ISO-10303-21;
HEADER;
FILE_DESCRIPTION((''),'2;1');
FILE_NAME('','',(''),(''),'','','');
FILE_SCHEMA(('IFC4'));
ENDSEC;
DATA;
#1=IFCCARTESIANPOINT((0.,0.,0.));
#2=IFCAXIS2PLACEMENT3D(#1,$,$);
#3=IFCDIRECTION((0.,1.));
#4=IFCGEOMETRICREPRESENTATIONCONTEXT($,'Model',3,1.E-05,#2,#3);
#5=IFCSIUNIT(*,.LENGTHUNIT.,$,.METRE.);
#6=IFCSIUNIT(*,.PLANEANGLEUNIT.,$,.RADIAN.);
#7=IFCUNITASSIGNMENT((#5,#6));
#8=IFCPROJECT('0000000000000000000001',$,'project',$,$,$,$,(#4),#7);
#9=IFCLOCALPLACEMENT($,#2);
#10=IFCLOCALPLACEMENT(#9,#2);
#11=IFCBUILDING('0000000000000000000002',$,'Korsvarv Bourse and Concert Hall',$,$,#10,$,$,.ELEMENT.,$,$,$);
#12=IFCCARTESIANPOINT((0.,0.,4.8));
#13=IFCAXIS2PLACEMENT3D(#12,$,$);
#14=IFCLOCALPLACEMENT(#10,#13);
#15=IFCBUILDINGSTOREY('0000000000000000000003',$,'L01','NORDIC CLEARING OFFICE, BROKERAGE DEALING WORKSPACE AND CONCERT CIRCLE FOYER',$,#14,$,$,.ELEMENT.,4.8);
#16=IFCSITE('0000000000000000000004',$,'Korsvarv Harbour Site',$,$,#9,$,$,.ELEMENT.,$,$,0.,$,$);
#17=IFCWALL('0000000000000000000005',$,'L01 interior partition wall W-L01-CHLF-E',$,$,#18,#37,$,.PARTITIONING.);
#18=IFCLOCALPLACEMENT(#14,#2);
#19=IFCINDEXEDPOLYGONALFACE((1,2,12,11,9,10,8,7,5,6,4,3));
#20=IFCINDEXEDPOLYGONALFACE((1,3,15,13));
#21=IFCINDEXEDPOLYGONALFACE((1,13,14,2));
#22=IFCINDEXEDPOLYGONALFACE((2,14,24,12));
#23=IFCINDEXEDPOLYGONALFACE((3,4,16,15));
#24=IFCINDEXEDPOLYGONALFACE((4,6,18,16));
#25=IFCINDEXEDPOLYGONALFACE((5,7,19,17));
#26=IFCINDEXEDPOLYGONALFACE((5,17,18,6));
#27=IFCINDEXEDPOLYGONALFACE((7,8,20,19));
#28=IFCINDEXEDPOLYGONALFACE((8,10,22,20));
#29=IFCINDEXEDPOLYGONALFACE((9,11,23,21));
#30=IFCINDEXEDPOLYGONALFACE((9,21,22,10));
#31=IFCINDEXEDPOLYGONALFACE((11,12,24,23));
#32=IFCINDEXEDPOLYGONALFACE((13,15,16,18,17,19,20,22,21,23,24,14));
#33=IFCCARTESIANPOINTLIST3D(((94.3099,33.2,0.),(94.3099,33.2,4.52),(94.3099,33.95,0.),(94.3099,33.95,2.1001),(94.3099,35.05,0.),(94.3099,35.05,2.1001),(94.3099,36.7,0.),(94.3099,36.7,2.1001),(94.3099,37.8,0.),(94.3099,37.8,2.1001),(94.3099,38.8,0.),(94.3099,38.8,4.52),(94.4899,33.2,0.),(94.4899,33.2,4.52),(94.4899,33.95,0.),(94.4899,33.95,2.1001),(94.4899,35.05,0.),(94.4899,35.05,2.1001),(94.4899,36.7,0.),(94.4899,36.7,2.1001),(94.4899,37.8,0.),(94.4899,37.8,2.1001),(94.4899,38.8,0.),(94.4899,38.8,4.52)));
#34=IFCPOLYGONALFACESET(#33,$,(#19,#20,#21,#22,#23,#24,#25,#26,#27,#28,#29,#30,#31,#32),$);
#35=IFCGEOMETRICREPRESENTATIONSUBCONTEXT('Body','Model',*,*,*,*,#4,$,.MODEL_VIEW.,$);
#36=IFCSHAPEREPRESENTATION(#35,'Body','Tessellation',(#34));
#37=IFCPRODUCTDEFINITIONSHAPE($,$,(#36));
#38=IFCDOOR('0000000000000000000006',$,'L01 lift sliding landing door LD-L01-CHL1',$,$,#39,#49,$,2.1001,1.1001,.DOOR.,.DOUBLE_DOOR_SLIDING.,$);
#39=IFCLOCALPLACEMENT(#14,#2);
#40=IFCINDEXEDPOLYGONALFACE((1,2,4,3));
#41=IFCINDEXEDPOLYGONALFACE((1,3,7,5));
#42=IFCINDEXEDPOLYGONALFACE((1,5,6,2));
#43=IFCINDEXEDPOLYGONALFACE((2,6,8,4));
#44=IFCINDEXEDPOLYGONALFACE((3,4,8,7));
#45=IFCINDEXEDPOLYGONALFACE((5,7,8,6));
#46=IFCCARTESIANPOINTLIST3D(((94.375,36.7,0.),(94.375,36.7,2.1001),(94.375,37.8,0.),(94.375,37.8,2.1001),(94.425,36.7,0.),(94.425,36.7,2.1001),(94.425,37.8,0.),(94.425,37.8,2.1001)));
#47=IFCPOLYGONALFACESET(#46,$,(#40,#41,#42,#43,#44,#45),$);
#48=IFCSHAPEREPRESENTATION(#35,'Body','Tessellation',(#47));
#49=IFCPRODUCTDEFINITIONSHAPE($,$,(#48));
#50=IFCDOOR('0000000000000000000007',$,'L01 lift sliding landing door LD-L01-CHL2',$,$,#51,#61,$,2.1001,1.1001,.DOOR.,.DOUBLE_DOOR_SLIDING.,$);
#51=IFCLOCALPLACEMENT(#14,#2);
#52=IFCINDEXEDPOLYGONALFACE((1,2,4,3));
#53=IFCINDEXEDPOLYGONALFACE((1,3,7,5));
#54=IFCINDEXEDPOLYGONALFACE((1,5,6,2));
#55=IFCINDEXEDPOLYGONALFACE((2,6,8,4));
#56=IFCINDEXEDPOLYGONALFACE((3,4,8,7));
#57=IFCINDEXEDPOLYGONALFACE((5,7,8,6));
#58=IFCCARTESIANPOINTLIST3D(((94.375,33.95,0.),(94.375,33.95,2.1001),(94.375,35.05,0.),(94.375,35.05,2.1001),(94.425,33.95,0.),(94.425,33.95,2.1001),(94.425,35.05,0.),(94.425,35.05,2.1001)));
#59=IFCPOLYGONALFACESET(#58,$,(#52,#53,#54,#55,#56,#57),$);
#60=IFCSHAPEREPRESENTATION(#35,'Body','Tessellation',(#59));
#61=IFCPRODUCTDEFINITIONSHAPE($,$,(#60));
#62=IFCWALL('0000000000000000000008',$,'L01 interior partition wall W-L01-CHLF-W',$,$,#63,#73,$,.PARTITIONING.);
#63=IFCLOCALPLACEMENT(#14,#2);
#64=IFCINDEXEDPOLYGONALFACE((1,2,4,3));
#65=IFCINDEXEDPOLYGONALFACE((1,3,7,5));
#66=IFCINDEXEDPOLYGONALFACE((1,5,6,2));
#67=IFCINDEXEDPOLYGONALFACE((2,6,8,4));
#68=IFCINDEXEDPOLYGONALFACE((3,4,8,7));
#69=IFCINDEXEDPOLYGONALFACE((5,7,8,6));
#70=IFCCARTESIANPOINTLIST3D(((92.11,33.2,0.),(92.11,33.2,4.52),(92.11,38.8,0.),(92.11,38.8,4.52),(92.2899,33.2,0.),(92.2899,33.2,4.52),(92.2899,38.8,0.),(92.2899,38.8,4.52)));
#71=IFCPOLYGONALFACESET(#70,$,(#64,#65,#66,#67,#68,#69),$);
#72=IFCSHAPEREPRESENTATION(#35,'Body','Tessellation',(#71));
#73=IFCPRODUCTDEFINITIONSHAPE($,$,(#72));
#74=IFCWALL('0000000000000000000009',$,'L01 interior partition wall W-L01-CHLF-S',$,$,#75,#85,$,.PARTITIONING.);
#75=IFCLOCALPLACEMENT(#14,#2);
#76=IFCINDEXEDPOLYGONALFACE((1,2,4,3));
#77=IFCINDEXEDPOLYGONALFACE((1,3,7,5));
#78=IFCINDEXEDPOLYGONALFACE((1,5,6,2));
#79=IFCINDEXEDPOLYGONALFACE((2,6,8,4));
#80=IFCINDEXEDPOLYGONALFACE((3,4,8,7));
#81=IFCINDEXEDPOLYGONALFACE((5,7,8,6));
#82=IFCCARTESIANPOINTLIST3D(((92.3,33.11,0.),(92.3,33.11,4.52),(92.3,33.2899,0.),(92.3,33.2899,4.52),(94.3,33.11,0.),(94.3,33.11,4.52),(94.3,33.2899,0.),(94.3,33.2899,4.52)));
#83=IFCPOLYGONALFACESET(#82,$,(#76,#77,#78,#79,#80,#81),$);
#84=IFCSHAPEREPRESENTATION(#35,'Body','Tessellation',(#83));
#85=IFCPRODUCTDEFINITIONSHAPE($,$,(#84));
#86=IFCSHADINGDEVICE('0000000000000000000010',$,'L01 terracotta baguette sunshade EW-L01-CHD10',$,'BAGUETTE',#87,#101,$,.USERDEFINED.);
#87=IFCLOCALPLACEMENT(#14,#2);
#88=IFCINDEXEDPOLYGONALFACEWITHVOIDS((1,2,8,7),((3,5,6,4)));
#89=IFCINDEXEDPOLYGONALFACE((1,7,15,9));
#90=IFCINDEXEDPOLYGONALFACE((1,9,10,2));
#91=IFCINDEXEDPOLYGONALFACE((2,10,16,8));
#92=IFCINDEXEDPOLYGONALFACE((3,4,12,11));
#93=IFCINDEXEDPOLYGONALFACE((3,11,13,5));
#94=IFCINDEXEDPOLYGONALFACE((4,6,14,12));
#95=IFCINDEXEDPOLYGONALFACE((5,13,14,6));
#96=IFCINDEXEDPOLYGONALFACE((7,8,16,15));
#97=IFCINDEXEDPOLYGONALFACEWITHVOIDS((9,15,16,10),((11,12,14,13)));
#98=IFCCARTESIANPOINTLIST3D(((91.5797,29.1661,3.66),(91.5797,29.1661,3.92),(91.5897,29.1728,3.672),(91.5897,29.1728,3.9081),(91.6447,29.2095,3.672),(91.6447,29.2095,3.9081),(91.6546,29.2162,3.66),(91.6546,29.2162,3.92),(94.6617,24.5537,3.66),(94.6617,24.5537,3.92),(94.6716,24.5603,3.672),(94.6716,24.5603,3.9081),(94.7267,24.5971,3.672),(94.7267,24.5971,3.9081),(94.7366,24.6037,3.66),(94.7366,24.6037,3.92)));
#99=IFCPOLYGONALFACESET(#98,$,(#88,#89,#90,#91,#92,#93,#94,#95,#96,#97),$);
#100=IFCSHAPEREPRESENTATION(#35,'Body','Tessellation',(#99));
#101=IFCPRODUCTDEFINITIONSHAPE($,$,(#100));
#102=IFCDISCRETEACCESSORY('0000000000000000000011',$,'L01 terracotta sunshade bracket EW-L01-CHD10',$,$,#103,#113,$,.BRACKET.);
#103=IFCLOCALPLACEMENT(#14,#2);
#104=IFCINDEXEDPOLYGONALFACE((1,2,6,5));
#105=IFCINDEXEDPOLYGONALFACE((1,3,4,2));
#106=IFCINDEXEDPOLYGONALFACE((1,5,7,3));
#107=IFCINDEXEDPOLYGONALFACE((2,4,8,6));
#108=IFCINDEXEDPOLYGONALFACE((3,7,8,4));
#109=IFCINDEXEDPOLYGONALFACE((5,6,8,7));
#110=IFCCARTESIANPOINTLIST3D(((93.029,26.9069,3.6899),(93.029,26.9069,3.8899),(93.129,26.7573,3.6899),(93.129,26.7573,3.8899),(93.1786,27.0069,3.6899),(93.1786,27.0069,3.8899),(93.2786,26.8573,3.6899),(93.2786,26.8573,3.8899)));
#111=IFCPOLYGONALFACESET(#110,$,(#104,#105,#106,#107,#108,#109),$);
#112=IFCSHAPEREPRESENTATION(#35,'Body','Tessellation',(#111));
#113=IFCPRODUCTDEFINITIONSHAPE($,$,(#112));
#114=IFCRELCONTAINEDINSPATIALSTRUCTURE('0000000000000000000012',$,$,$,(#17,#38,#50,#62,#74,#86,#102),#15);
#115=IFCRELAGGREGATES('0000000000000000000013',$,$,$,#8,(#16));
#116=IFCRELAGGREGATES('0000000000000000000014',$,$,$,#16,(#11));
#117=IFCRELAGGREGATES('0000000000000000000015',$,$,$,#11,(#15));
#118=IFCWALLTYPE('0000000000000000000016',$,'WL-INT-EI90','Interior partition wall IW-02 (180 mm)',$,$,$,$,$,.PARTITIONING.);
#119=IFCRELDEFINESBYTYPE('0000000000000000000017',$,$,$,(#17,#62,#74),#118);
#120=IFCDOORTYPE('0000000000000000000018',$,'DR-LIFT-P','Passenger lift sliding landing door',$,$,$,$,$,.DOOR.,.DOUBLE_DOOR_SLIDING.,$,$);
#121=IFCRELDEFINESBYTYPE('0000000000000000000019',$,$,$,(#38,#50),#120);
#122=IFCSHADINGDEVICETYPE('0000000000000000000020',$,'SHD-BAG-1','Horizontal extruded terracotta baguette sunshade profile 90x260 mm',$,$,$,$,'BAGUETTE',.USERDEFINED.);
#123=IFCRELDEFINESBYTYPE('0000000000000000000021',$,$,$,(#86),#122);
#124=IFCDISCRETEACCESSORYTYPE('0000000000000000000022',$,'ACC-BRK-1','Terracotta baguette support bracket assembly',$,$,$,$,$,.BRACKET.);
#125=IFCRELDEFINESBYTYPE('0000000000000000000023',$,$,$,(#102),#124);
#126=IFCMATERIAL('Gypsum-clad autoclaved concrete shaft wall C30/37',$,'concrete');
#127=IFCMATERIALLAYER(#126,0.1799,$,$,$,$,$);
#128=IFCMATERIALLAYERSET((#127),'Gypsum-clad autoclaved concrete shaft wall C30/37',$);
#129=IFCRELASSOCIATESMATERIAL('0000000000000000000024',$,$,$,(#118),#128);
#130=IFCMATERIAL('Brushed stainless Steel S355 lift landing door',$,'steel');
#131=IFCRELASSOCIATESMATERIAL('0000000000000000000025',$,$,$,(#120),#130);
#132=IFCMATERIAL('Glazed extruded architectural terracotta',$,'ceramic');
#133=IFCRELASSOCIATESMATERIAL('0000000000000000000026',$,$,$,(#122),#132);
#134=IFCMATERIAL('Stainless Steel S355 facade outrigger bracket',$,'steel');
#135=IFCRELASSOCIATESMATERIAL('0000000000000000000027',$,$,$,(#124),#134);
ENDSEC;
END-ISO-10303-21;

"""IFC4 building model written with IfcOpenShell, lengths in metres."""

from ifc_helpers import new_model, si_unit, direction, frame, frame_2d, origin, origin_2d, place, context, subcontext, project, spatial, rectangle, hollow_rectangle, extrude, source, transform, mapped, material, layer, layer_set, material_profile, profile_set, type_object, element, fill, save


model = new_model("IFC4")

# Units and contexts
model_context = context("Model", 3, precision=1e-05, world=origin(), true_north=direction((0.0, 1.0)))
body_context = subcontext(model_context, "Body", "Model", "MODEL_VIEW")
ifc_project = project(units=[si_unit("LENGTHUNIT", "METRE"), si_unit("PLANEANGLEUNIT", "RADIAN")], contexts=[model_context])

# Site, building, storey
site_placement = place(None, origin())
site = spatial("IfcSite", under=ifc_project, at=site_placement, Name="Korsvarv Harbour Site", CompositionType="ELEMENT", RefElevation=0.0)
building_placement = place(site_placement, origin())
building = spatial("IfcBuilding", under=site, at=building_placement, Name="Korsvarv Bourse and Concert Hall", CompositionType="ELEMENT")
storey_placement = place(building_placement, frame((0.0, 0.0, 4.8)))
storey = spatial("IfcBuildingStorey", under=building, at=storey_placement, Name="L01", Description="NORDIC CLEARING OFFICE, BROKERAGE DEALING WORKSPACE AND CONCERT CIRCLE FOYER", CompositionType="ELEMENT", Elevation=4.8)

# Wall, openings, doors
ifc_material_1 = material(Name="Gypsum-clad autoclaved concrete shaft wall C30/37", Category="concrete")
ifc_layer_1 = layer(ifc_material_1, 0.1799)
ifc_layer_set_1 = layer_set([ifc_layer_1], Name="Gypsum-clad autoclaved concrete shaft wall C30/37")
wall_type_1 = type_object("IfcWallType", Name="WL-INT-EI90", Description="Interior partition wall IW-02 (180 mm)", PredefinedType="PARTITIONING", material=ifc_layer_set_1)
wall_1_placement = place(storey_placement, frame((94.3999, 33.2, 0.0), z_axis=(0.0, 0.0, 1.0), x_axis=(0.0, 1.0, 0.0)))
wall_1 = element("IfcWall", 1, at=wall_1_placement, inside=storey, type_object=wall_type_1, Name="L01 interior partition wall W-L01-CHLF-E", PredefinedType="PARTITIONING", context=body_context, shape_type="SweptSolid", body=[
    extrude(rectangle(XDim=5.6001, YDim=0.1799, at=frame_2d((2.8, 0.0))), origin(), (0.0, 0.0, 1.0), 4.52),
])
opening_1_placement = place(wall_1_placement, frame((3.5, 0.0, 0.0)))
opening_1 = element("IfcOpeningElement", 2, at=opening_1_placement, cuts=wall_1, PredefinedType="OPENING", context=body_context, shape_type="SweptSolid", body=[
    extrude(rectangle(XDim=1.1001, YDim=2.1001, at=frame_2d((0.55, 1.05))), frame((0.0, 0.1001, 0.0), z_axis=(0.0, -1.0, 0.0), x_axis=(1.0, 0.0, 0.0)), (0.0, 0.0, 1.0), 0.2),
])
opening_2_placement = place(wall_1_placement, frame((0.75, 0.0, 0.0)))
opening_2 = element("IfcOpeningElement", 3, at=opening_2_placement, cuts=wall_1, PredefinedType="OPENING", context=body_context, shape_type="SweptSolid", body=[
    extrude(rectangle(XDim=1.1001, YDim=2.1001, at=frame_2d((0.55, 1.05))), frame((0.0, 0.1001, 0.0), z_axis=(0.0, -1.0, 0.0), x_axis=(1.0, 0.0, 0.0)), (0.0, 0.0, 1.0), 0.2),
])
ifc_material_2 = material(Name="Brushed stainless Steel S355 lift landing door", Category="steel")
door_type_1 = type_object("IfcDoorType", Name="DR-LIFT-P", Description="Passenger lift sliding landing door", OperationType="DOUBLE_DOOR_SLIDING", PredefinedType="DOOR", material=ifc_material_2)
door_1_placement = place(opening_1_placement, origin())
door_1 = element("IfcDoor", 4, at=door_1_placement, inside=storey, type_object=door_type_1, Name="L01 lift sliding landing door LD-L01-CHL1", OperationType="DOUBLE_DOOR_SLIDING", OverallHeight=2.1001, OverallWidth=1.1001, PredefinedType="DOOR", context=body_context, shape_type="SweptSolid", body=[
    extrude(rectangle(XDim=1.1001, YDim=2.1001, at=frame_2d((0.55, 1.05))), frame((0.0, 0.0249, 0.0), z_axis=(0.0, -1.0, 0.0), x_axis=(1.0, 0.0, 0.0)), (0.0, 0.0, 1.0), 0.05),
])
fill(opening_1, door_1)
door_2_placement = place(opening_2_placement, origin())
door_2 = element("IfcDoor", 5, at=door_2_placement, inside=storey, type_object=door_type_1, Name="L01 lift sliding landing door LD-L01-CHL2", OperationType="DOUBLE_DOOR_SLIDING", OverallHeight=2.1001, OverallWidth=1.1001, PredefinedType="DOOR", context=body_context, shape_type="SweptSolid", body=[
    extrude(rectangle(XDim=1.1001, YDim=2.1001, at=frame_2d((0.55, 1.05))), frame((0.0, 0.0249, 0.0), z_axis=(0.0, -1.0, 0.0), x_axis=(1.0, 0.0, 0.0)), (0.0, 0.0, 1.0), 0.05),
])
fill(opening_2, door_2)

# Walls
wall_2_placement = place(storey_placement, frame((92.2, 33.2, 0.0), z_axis=(0.0, 0.0, 1.0), x_axis=(0.0, 1.0, 0.0)))
element("IfcWall", 6, at=wall_2_placement, inside=storey, type_object=wall_type_1, Name="L01 interior partition wall W-L01-CHLF-W", PredefinedType="PARTITIONING", context=body_context, shape_type="SweptSolid", body=[
    extrude(rectangle(XDim=5.6001, YDim=0.1799, at=frame_2d((2.8, 0.0))), origin(), (0.0, 0.0, 1.0), 4.52),
])
wall_3_placement = place(storey_placement, frame((92.3, 33.2, 0.0), z_axis=(0.0, 0.0, 1.0), x_axis=(1.0, 0.0, 0.0)))
element("IfcWall", 7, at=wall_3_placement, inside=storey, type_object=wall_type_1, Name="L01 interior partition wall W-L01-CHLF-S", PredefinedType="PARTITIONING", context=body_context, shape_type="SweptSolid", body=[
    extrude(rectangle(XDim=2.0, YDim=0.1799, at=frame_2d((1.0, 0.0))), origin(), (0.0, 0.0, 1.0), 4.52),
])

# Shading device
ifc_material_3 = material(Name="Glazed extruded architectural terracotta", Category="ceramic")
ifc_material_profile_1 = material_profile(ifc_material_3, hollow_rectangle(XDim=0.0901, YDim=0.26, WallThickness=0.012, at=origin_2d()), Name="TC-BAG 90x260")
ifc_profile_set_1 = profile_set([ifc_material_profile_1], Name="Glazed extruded architectural terracotta")
shading_device_type = type_object("IfcShadingDeviceType", Name="SHD-BAG-1", Description="Horizontal extruded terracotta baguette sunshade profile 90x260 mm", ElementType="BAGUETTE", PredefinedType="USERDEFINED", material=ifc_profile_set_1)
shared_shape_1 = source(origin(), body_context, "Body", "SweptSolid", [
    extrude(hollow_rectangle(XDim=0.0901, YDim=0.26, WallThickness=0.012, at=origin_2d()), origin(), (0.0, 0.0, 1.0), 5.5474),
])
shading_device_placement = place(storey_placement, frame((91.6172, 29.1912, 3.79), z_axis=(0.555573, -0.831468, 0.0), x_axis=(0.831468, 0.555573, 0.0)))
element("IfcShadingDevice", 8, at=shading_device_placement, inside=storey, type_object=shading_device_type, Name="L01 terracotta baguette sunshade EW-L01-CHD10", ObjectType="BAGUETTE", PredefinedType="USERDEFINED", context=body_context, shape_type="MappedRepresentation", body=[
    mapped(shared_shape_1, transform((0.0, 0.0, 0.0), scale=1.0)),
])

# Discrete accessory
ifc_material_4 = material(Name="Stainless Steel S355 facade outrigger bracket", Category="steel")
discrete_accessory_type = type_object("IfcDiscreteAccessoryType", Name="ACC-BRK-1", Description="Terracotta baguette support bracket assembly", PredefinedType="BRACKET", material=ifc_material_4)
shared_shape_2 = source(origin(), body_context, "Body", "SweptSolid", [
    extrude(rectangle(XDim=0.1799, YDim=0.1799, at=origin_2d()), origin(), (0.0, 0.0, 1.0), 0.2),
])
discrete_accessory_placement = place(storey_placement, frame((93.1538, 26.8821, 3.6899), z_axis=(0.0, 0.0, 1.0), x_axis=(0.55557, -0.83147, 0.0)))
element("IfcDiscreteAccessory", 9, at=discrete_accessory_placement, inside=storey, type_object=discrete_accessory_type, Name="L01 terracotta sunshade bracket EW-L01-CHD10", PredefinedType="BRACKET", context=body_context, shape_type="MappedRepresentation", body=[
    mapped(shared_shape_2, transform((0.0, 0.0, 0.0), scale=1.0)),
])

save(model, "model.ifc")
